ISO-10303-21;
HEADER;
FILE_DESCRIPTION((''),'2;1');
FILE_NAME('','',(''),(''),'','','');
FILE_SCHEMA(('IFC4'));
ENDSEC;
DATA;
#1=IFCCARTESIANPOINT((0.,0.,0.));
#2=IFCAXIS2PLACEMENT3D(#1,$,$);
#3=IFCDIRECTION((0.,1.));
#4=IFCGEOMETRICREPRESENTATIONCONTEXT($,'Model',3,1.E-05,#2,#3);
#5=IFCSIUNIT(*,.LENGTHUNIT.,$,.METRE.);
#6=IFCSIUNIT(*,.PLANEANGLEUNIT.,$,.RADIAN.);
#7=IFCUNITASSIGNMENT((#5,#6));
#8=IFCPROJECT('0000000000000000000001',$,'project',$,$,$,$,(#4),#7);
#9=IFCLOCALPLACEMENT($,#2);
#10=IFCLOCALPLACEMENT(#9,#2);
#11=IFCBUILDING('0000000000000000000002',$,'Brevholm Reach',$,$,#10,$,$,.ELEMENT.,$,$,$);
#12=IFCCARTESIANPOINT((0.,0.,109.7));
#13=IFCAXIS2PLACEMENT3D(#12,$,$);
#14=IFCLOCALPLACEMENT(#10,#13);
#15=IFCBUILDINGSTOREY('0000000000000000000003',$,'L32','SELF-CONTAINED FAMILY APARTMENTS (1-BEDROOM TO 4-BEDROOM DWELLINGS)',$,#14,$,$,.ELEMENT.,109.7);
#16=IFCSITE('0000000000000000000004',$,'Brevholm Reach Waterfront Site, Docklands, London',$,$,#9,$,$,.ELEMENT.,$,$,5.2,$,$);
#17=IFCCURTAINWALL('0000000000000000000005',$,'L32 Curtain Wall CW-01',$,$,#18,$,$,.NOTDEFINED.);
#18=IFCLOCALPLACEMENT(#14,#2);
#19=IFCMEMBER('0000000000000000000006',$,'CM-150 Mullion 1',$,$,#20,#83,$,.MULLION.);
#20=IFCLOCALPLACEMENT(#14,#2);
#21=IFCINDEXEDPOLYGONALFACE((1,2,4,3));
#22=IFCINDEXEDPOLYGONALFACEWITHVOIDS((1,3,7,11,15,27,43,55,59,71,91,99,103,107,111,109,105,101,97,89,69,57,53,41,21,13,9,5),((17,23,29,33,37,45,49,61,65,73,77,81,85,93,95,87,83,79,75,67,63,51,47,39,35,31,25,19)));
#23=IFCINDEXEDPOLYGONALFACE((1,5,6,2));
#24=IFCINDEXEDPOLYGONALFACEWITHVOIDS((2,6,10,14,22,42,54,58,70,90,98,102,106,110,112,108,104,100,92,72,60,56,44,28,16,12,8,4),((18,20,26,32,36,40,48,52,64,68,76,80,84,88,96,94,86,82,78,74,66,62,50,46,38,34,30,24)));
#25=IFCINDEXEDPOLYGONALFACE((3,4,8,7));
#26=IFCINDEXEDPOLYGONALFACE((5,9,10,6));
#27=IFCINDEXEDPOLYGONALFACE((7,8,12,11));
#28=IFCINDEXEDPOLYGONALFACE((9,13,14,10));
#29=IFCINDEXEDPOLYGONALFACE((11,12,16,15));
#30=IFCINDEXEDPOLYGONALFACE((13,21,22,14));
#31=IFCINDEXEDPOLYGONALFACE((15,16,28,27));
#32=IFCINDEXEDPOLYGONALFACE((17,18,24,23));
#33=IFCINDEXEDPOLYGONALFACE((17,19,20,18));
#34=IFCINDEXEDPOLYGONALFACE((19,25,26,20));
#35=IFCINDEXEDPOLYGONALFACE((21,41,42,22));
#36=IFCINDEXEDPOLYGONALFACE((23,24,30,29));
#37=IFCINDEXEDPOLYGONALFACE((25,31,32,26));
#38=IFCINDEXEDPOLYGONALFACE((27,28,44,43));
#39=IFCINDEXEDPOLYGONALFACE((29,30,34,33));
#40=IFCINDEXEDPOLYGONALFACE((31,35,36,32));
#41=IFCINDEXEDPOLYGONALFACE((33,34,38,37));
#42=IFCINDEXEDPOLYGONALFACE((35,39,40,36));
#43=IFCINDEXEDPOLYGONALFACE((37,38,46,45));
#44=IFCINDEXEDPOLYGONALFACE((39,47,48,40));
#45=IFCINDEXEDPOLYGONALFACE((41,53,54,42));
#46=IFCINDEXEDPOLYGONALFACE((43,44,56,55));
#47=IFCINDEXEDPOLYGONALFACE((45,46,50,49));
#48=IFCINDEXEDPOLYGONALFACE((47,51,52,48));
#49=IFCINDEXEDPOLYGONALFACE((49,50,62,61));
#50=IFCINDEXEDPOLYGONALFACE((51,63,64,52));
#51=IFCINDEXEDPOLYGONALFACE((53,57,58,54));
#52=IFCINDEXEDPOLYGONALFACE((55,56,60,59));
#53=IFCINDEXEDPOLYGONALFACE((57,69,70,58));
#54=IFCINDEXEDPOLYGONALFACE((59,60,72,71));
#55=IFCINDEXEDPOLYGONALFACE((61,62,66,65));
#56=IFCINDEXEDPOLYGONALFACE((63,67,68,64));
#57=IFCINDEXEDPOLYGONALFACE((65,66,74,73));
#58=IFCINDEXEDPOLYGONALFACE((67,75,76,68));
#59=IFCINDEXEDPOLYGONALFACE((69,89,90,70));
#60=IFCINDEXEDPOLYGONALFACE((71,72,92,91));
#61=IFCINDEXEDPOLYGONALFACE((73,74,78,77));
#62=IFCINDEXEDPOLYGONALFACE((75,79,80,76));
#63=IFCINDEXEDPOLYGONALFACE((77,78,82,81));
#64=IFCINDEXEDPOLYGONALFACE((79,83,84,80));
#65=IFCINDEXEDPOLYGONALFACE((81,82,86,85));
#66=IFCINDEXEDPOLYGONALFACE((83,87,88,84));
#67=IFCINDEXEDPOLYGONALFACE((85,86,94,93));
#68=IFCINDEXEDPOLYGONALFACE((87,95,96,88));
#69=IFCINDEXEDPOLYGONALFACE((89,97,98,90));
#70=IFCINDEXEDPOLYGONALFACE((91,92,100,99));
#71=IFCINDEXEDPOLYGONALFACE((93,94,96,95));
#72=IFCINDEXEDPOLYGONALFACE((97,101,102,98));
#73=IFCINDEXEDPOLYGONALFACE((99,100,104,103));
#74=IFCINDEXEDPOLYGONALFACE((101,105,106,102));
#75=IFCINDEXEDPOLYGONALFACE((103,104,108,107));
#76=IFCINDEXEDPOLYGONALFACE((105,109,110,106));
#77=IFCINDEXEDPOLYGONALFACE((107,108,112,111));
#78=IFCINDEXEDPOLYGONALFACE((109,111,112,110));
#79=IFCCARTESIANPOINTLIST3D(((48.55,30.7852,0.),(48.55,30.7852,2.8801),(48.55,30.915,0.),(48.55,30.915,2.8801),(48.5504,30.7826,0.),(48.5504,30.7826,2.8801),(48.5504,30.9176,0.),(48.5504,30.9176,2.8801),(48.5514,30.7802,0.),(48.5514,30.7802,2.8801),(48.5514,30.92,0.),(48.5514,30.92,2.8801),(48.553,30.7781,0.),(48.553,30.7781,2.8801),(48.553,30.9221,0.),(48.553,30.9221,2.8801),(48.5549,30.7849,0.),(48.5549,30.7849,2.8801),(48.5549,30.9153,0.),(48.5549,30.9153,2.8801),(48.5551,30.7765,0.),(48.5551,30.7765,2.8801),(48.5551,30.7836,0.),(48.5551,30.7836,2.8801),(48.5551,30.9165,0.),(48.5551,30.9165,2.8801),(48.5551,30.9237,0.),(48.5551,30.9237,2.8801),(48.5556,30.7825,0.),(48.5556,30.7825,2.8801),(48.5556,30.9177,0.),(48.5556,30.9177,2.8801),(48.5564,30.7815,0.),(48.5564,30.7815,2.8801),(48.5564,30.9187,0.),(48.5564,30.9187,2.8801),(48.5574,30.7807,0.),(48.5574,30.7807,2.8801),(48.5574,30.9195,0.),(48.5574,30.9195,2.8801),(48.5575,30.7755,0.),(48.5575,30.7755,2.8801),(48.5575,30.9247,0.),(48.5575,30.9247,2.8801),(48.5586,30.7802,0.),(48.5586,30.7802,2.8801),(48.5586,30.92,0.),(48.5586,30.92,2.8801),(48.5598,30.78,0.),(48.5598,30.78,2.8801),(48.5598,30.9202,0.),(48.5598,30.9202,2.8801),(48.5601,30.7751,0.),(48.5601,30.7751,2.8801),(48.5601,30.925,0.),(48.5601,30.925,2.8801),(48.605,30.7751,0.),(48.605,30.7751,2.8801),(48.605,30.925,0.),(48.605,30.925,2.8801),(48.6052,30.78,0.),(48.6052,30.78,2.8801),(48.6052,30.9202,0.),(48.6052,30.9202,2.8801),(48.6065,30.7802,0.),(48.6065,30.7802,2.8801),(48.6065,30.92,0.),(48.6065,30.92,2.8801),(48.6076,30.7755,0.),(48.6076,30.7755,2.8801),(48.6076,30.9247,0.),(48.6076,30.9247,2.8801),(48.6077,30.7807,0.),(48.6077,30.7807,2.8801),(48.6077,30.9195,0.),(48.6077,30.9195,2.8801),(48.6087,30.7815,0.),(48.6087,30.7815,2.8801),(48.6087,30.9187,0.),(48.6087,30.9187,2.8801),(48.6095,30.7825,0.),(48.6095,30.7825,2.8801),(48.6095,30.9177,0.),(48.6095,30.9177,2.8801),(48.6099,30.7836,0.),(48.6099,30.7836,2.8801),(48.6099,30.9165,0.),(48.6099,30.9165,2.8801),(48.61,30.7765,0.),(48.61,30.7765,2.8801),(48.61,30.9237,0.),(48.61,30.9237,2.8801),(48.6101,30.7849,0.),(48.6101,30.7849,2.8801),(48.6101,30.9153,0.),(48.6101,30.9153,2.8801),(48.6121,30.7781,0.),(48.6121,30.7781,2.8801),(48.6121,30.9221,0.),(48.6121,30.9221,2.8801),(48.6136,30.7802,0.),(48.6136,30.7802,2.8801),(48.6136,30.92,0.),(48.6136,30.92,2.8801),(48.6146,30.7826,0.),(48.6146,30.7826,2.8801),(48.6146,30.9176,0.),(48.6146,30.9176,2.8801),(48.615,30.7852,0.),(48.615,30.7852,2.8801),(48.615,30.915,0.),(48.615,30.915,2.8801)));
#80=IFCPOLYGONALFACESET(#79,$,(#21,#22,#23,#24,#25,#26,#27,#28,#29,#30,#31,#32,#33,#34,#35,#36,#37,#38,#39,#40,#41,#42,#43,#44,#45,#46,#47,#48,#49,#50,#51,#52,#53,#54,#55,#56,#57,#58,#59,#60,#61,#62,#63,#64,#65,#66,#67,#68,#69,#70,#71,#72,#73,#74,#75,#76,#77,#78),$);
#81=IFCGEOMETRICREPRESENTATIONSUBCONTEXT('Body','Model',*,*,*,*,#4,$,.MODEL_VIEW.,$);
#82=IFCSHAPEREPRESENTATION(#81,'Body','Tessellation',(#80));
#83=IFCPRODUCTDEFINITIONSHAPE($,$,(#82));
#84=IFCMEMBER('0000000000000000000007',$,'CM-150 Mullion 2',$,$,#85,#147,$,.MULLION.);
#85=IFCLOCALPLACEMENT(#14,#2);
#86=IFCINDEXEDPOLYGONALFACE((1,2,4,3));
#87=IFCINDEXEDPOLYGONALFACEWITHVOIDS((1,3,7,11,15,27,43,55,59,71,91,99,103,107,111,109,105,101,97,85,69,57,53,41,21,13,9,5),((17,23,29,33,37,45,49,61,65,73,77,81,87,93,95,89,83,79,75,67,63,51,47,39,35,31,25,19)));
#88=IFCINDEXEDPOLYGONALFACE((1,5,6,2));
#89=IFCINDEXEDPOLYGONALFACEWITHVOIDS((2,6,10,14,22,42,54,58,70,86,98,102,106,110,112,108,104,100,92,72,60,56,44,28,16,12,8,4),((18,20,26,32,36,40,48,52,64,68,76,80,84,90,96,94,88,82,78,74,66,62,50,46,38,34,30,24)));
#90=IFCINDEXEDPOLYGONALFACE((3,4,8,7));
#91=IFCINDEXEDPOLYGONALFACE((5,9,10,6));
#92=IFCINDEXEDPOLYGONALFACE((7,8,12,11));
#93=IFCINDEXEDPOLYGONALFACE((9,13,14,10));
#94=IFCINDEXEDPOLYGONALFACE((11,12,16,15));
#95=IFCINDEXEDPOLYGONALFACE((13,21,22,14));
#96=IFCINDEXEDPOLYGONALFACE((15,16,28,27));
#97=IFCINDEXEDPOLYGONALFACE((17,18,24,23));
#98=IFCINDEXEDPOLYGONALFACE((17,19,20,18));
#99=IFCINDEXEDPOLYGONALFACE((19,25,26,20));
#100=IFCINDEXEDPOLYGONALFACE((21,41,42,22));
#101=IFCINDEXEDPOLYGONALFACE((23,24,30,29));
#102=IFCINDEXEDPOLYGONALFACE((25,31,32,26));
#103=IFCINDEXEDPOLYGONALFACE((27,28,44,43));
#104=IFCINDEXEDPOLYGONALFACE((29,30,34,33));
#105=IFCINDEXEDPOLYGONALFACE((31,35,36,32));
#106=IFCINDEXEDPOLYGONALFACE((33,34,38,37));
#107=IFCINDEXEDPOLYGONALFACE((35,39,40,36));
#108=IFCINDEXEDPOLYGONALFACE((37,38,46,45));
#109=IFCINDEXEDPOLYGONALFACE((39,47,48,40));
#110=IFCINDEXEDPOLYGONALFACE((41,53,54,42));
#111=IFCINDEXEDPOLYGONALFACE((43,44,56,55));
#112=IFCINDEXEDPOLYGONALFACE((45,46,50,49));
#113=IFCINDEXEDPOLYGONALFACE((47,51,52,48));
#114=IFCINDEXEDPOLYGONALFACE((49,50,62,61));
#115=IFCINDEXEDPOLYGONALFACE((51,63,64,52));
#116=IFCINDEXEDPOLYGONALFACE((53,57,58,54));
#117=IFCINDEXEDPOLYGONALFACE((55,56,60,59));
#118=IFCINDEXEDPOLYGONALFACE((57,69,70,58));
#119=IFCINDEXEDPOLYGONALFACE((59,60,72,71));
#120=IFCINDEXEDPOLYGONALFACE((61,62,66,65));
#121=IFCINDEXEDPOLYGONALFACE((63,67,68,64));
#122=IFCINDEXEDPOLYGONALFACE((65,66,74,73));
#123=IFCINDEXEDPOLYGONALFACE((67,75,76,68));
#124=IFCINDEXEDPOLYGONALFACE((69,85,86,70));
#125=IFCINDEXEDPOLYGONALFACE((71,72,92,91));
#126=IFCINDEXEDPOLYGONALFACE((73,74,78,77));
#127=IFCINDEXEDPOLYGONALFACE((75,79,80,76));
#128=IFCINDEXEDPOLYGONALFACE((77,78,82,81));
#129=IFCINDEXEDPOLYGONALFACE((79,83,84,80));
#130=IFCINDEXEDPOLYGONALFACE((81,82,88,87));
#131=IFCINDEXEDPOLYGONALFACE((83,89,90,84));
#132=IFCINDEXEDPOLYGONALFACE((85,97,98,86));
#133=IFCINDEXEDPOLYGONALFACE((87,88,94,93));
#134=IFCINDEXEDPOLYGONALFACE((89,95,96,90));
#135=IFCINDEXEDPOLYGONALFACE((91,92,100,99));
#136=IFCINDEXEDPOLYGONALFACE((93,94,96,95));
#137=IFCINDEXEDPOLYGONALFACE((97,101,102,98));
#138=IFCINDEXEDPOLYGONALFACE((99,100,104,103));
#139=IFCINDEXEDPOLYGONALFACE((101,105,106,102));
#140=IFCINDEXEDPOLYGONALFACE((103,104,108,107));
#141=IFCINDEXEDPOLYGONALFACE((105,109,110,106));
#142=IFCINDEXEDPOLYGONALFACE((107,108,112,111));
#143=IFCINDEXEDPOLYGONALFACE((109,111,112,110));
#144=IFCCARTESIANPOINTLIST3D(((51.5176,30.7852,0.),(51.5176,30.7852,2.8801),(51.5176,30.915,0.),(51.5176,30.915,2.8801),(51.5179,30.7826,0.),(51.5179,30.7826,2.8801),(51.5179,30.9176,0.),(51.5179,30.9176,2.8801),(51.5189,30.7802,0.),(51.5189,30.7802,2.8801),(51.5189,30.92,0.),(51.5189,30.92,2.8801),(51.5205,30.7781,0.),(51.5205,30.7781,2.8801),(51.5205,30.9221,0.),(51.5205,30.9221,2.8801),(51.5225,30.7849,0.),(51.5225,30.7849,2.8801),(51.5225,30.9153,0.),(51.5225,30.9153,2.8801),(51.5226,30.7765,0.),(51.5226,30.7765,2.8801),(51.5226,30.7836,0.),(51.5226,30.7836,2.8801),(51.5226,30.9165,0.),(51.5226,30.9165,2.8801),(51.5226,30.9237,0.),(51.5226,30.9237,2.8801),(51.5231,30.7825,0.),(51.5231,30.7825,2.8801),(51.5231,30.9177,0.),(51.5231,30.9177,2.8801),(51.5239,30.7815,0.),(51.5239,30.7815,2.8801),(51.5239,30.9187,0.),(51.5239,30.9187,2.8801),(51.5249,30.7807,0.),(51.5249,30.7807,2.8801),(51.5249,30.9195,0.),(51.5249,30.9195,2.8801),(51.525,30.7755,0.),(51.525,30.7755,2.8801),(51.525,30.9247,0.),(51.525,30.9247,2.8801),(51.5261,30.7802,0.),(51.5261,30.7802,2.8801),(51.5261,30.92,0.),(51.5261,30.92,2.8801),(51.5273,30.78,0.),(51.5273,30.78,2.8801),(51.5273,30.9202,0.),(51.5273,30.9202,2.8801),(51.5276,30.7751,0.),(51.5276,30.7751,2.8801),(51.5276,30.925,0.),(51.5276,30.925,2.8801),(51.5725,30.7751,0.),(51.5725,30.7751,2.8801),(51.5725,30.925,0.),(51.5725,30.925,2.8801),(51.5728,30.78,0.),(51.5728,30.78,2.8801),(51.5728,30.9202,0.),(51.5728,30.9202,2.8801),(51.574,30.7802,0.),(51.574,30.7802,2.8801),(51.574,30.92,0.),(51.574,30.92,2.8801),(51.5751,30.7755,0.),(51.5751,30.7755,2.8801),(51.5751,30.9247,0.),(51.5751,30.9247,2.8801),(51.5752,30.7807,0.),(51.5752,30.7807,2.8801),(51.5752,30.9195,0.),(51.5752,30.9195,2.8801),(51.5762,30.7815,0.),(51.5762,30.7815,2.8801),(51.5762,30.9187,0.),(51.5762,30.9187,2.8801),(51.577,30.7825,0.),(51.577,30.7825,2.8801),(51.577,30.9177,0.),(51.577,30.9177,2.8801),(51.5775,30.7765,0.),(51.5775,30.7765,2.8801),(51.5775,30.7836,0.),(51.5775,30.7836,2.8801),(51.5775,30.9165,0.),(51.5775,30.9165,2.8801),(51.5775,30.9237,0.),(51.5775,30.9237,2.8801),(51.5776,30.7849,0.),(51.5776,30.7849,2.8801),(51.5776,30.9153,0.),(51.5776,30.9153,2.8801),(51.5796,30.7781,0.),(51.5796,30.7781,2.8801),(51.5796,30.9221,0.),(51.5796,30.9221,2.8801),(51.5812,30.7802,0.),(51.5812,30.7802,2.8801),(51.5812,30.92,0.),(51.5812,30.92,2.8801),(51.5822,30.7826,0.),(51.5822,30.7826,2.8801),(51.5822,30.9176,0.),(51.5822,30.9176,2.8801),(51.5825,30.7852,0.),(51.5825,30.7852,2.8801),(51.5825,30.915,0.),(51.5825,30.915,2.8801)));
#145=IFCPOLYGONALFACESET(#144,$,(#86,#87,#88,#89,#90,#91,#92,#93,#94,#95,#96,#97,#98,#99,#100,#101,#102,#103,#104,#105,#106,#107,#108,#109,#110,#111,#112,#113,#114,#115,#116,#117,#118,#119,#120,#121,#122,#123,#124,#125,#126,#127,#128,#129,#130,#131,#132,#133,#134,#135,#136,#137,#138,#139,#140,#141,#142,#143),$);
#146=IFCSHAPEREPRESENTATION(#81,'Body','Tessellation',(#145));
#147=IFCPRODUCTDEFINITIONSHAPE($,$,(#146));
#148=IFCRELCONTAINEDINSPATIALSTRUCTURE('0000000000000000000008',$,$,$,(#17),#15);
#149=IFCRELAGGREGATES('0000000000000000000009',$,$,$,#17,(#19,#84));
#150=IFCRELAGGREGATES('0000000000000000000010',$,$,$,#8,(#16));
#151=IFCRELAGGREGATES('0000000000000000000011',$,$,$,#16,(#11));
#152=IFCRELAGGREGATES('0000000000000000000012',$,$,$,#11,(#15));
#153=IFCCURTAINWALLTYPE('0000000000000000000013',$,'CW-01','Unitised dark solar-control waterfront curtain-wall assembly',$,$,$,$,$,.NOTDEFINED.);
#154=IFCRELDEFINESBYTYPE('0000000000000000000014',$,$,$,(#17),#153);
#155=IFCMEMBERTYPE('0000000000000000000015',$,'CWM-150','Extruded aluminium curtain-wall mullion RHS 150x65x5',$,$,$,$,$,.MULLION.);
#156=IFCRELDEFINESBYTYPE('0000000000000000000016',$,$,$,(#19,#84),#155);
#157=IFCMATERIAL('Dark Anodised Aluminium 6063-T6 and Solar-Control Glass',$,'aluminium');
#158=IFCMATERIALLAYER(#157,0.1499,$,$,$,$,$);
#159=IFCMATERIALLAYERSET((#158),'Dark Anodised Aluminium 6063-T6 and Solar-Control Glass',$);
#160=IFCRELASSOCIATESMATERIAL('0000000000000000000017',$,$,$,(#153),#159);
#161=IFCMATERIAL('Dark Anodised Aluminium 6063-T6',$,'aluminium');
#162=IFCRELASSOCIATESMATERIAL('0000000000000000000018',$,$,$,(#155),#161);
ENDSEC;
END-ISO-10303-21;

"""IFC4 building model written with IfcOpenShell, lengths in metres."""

from ifc_helpers import new_model, si_unit, direction, frame, origin, origin_2d, place, context, subcontext, project, spatial, hollow_rectangle, extrude, material, layer, layer_set, material_profile, profile_set, type_object, element, aggregate, save


model = new_model("IFC4")

# Units and contexts
model_context = context("Model", 3, precision=1e-05, world=origin(), true_north=direction((0.0, 1.0)))
body_context = subcontext(model_context, "Body", "Model", "MODEL_VIEW")
ifc_project = project(units=[si_unit("LENGTHUNIT", "METRE"), si_unit("PLANEANGLEUNIT", "RADIAN")], contexts=[model_context])

# Site, building, storey
site_placement = place(None, origin())
site = spatial("IfcSite", under=ifc_project, at=site_placement, Name="Brevholm Reach Waterfront Site, Docklands, London", CompositionType="ELEMENT", RefElevation=5.2)
building_placement = place(site_placement, origin())
building = spatial("IfcBuilding", under=site, at=building_placement, Name="Brevholm Reach", CompositionType="ELEMENT")
storey_placement = place(building_placement, frame((0.0, 0.0, 109.7)))
storey = spatial("IfcBuildingStorey", under=building, at=storey_placement, Name="L32", Description="SELF-CONTAINED FAMILY APARTMENTS (1-BEDROOM TO 4-BEDROOM DWELLINGS)", CompositionType="ELEMENT", Elevation=109.7)

# Curtain wall, members
ifc_material_1 = material(Name="Dark Anodised Aluminium 6063-T6 and Solar-Control Glass", Category="aluminium")
ifc_layer_1 = layer(ifc_material_1, 0.1499)
ifc_layer_set_1 = layer_set([ifc_layer_1], Name="Dark Anodised Aluminium 6063-T6 and Solar-Control Glass")
curtain_wall_type = type_object("IfcCurtainWallType", Name="CW-01", Description="Unitised dark solar-control waterfront curtain-wall assembly", PredefinedType="NOTDEFINED", material=ifc_layer_set_1)
curtain_wall_placement = place(storey_placement, origin())
curtain_wall = element("IfcCurtainWall", 1, at=curtain_wall_placement, inside=storey, type_object=curtain_wall_type, Name="L32 Curtain Wall CW-01", PredefinedType="NOTDEFINED")
ifc_material_2 = material(Name="Dark Anodised Aluminium 6063-T6", Category="aluminium")
ifc_material_profile_1 = material_profile(ifc_material_2, hollow_rectangle(XDim=0.0649, YDim=0.1499, WallThickness=0.0049, InnerFilletRadius=0.0049, OuterFilletRadius=0.01, at=origin_2d()), Name="RHS 150x65x5")
ifc_profile_set_1 = profile_set([ifc_material_profile_1], Name="Dark Anodised Aluminium 6063-T6")
member_type_1 = type_object("IfcMemberType", Name="CWM-150", Description="Extruded aluminium curtain-wall mullion RHS 150x65x5", PredefinedType="MULLION", material=ifc_profile_set_1)
member_1_placement = place(storey_placement, frame((48.5825, 30.8501, 0.0), z_axis=(0.0, 0.0, 1.0), x_axis=(1.0, 0.0, 0.0)))
member_1 = element("IfcMember", 2, at=member_1_placement, type_object=member_type_1, Name="CM-150 Mullion 1", PredefinedType="MULLION", context=body_context, shape_type="SweptSolid", body=[
    extrude(hollow_rectangle(XDim=0.0649, YDim=0.1499, WallThickness=0.0049, InnerFilletRadius=0.0049, OuterFilletRadius=0.01, at=origin_2d()), origin(), (0.0, 0.0, 1.0), 2.8801),
])
member_2_placement = place(storey_placement, frame((51.55, 30.8501, 0.0), z_axis=(0.0, 0.0, 1.0), x_axis=(1.0, 0.0, 0.0)))
member_2 = element("IfcMember", 3, at=member_2_placement, type_object=member_type_1, Name="CM-150 Mullion 2", PredefinedType="MULLION", context=body_context, shape_type="SweptSolid", body=[
    extrude(hollow_rectangle(XDim=0.0649, YDim=0.1499, WallThickness=0.0049, InnerFilletRadius=0.0049, OuterFilletRadius=0.01, at=origin_2d()), origin(), (0.0, 0.0, 1.0), 2.8801),
])
aggregate(curtain_wall, [member_1, member_2])

save(model, "model.ifc")
